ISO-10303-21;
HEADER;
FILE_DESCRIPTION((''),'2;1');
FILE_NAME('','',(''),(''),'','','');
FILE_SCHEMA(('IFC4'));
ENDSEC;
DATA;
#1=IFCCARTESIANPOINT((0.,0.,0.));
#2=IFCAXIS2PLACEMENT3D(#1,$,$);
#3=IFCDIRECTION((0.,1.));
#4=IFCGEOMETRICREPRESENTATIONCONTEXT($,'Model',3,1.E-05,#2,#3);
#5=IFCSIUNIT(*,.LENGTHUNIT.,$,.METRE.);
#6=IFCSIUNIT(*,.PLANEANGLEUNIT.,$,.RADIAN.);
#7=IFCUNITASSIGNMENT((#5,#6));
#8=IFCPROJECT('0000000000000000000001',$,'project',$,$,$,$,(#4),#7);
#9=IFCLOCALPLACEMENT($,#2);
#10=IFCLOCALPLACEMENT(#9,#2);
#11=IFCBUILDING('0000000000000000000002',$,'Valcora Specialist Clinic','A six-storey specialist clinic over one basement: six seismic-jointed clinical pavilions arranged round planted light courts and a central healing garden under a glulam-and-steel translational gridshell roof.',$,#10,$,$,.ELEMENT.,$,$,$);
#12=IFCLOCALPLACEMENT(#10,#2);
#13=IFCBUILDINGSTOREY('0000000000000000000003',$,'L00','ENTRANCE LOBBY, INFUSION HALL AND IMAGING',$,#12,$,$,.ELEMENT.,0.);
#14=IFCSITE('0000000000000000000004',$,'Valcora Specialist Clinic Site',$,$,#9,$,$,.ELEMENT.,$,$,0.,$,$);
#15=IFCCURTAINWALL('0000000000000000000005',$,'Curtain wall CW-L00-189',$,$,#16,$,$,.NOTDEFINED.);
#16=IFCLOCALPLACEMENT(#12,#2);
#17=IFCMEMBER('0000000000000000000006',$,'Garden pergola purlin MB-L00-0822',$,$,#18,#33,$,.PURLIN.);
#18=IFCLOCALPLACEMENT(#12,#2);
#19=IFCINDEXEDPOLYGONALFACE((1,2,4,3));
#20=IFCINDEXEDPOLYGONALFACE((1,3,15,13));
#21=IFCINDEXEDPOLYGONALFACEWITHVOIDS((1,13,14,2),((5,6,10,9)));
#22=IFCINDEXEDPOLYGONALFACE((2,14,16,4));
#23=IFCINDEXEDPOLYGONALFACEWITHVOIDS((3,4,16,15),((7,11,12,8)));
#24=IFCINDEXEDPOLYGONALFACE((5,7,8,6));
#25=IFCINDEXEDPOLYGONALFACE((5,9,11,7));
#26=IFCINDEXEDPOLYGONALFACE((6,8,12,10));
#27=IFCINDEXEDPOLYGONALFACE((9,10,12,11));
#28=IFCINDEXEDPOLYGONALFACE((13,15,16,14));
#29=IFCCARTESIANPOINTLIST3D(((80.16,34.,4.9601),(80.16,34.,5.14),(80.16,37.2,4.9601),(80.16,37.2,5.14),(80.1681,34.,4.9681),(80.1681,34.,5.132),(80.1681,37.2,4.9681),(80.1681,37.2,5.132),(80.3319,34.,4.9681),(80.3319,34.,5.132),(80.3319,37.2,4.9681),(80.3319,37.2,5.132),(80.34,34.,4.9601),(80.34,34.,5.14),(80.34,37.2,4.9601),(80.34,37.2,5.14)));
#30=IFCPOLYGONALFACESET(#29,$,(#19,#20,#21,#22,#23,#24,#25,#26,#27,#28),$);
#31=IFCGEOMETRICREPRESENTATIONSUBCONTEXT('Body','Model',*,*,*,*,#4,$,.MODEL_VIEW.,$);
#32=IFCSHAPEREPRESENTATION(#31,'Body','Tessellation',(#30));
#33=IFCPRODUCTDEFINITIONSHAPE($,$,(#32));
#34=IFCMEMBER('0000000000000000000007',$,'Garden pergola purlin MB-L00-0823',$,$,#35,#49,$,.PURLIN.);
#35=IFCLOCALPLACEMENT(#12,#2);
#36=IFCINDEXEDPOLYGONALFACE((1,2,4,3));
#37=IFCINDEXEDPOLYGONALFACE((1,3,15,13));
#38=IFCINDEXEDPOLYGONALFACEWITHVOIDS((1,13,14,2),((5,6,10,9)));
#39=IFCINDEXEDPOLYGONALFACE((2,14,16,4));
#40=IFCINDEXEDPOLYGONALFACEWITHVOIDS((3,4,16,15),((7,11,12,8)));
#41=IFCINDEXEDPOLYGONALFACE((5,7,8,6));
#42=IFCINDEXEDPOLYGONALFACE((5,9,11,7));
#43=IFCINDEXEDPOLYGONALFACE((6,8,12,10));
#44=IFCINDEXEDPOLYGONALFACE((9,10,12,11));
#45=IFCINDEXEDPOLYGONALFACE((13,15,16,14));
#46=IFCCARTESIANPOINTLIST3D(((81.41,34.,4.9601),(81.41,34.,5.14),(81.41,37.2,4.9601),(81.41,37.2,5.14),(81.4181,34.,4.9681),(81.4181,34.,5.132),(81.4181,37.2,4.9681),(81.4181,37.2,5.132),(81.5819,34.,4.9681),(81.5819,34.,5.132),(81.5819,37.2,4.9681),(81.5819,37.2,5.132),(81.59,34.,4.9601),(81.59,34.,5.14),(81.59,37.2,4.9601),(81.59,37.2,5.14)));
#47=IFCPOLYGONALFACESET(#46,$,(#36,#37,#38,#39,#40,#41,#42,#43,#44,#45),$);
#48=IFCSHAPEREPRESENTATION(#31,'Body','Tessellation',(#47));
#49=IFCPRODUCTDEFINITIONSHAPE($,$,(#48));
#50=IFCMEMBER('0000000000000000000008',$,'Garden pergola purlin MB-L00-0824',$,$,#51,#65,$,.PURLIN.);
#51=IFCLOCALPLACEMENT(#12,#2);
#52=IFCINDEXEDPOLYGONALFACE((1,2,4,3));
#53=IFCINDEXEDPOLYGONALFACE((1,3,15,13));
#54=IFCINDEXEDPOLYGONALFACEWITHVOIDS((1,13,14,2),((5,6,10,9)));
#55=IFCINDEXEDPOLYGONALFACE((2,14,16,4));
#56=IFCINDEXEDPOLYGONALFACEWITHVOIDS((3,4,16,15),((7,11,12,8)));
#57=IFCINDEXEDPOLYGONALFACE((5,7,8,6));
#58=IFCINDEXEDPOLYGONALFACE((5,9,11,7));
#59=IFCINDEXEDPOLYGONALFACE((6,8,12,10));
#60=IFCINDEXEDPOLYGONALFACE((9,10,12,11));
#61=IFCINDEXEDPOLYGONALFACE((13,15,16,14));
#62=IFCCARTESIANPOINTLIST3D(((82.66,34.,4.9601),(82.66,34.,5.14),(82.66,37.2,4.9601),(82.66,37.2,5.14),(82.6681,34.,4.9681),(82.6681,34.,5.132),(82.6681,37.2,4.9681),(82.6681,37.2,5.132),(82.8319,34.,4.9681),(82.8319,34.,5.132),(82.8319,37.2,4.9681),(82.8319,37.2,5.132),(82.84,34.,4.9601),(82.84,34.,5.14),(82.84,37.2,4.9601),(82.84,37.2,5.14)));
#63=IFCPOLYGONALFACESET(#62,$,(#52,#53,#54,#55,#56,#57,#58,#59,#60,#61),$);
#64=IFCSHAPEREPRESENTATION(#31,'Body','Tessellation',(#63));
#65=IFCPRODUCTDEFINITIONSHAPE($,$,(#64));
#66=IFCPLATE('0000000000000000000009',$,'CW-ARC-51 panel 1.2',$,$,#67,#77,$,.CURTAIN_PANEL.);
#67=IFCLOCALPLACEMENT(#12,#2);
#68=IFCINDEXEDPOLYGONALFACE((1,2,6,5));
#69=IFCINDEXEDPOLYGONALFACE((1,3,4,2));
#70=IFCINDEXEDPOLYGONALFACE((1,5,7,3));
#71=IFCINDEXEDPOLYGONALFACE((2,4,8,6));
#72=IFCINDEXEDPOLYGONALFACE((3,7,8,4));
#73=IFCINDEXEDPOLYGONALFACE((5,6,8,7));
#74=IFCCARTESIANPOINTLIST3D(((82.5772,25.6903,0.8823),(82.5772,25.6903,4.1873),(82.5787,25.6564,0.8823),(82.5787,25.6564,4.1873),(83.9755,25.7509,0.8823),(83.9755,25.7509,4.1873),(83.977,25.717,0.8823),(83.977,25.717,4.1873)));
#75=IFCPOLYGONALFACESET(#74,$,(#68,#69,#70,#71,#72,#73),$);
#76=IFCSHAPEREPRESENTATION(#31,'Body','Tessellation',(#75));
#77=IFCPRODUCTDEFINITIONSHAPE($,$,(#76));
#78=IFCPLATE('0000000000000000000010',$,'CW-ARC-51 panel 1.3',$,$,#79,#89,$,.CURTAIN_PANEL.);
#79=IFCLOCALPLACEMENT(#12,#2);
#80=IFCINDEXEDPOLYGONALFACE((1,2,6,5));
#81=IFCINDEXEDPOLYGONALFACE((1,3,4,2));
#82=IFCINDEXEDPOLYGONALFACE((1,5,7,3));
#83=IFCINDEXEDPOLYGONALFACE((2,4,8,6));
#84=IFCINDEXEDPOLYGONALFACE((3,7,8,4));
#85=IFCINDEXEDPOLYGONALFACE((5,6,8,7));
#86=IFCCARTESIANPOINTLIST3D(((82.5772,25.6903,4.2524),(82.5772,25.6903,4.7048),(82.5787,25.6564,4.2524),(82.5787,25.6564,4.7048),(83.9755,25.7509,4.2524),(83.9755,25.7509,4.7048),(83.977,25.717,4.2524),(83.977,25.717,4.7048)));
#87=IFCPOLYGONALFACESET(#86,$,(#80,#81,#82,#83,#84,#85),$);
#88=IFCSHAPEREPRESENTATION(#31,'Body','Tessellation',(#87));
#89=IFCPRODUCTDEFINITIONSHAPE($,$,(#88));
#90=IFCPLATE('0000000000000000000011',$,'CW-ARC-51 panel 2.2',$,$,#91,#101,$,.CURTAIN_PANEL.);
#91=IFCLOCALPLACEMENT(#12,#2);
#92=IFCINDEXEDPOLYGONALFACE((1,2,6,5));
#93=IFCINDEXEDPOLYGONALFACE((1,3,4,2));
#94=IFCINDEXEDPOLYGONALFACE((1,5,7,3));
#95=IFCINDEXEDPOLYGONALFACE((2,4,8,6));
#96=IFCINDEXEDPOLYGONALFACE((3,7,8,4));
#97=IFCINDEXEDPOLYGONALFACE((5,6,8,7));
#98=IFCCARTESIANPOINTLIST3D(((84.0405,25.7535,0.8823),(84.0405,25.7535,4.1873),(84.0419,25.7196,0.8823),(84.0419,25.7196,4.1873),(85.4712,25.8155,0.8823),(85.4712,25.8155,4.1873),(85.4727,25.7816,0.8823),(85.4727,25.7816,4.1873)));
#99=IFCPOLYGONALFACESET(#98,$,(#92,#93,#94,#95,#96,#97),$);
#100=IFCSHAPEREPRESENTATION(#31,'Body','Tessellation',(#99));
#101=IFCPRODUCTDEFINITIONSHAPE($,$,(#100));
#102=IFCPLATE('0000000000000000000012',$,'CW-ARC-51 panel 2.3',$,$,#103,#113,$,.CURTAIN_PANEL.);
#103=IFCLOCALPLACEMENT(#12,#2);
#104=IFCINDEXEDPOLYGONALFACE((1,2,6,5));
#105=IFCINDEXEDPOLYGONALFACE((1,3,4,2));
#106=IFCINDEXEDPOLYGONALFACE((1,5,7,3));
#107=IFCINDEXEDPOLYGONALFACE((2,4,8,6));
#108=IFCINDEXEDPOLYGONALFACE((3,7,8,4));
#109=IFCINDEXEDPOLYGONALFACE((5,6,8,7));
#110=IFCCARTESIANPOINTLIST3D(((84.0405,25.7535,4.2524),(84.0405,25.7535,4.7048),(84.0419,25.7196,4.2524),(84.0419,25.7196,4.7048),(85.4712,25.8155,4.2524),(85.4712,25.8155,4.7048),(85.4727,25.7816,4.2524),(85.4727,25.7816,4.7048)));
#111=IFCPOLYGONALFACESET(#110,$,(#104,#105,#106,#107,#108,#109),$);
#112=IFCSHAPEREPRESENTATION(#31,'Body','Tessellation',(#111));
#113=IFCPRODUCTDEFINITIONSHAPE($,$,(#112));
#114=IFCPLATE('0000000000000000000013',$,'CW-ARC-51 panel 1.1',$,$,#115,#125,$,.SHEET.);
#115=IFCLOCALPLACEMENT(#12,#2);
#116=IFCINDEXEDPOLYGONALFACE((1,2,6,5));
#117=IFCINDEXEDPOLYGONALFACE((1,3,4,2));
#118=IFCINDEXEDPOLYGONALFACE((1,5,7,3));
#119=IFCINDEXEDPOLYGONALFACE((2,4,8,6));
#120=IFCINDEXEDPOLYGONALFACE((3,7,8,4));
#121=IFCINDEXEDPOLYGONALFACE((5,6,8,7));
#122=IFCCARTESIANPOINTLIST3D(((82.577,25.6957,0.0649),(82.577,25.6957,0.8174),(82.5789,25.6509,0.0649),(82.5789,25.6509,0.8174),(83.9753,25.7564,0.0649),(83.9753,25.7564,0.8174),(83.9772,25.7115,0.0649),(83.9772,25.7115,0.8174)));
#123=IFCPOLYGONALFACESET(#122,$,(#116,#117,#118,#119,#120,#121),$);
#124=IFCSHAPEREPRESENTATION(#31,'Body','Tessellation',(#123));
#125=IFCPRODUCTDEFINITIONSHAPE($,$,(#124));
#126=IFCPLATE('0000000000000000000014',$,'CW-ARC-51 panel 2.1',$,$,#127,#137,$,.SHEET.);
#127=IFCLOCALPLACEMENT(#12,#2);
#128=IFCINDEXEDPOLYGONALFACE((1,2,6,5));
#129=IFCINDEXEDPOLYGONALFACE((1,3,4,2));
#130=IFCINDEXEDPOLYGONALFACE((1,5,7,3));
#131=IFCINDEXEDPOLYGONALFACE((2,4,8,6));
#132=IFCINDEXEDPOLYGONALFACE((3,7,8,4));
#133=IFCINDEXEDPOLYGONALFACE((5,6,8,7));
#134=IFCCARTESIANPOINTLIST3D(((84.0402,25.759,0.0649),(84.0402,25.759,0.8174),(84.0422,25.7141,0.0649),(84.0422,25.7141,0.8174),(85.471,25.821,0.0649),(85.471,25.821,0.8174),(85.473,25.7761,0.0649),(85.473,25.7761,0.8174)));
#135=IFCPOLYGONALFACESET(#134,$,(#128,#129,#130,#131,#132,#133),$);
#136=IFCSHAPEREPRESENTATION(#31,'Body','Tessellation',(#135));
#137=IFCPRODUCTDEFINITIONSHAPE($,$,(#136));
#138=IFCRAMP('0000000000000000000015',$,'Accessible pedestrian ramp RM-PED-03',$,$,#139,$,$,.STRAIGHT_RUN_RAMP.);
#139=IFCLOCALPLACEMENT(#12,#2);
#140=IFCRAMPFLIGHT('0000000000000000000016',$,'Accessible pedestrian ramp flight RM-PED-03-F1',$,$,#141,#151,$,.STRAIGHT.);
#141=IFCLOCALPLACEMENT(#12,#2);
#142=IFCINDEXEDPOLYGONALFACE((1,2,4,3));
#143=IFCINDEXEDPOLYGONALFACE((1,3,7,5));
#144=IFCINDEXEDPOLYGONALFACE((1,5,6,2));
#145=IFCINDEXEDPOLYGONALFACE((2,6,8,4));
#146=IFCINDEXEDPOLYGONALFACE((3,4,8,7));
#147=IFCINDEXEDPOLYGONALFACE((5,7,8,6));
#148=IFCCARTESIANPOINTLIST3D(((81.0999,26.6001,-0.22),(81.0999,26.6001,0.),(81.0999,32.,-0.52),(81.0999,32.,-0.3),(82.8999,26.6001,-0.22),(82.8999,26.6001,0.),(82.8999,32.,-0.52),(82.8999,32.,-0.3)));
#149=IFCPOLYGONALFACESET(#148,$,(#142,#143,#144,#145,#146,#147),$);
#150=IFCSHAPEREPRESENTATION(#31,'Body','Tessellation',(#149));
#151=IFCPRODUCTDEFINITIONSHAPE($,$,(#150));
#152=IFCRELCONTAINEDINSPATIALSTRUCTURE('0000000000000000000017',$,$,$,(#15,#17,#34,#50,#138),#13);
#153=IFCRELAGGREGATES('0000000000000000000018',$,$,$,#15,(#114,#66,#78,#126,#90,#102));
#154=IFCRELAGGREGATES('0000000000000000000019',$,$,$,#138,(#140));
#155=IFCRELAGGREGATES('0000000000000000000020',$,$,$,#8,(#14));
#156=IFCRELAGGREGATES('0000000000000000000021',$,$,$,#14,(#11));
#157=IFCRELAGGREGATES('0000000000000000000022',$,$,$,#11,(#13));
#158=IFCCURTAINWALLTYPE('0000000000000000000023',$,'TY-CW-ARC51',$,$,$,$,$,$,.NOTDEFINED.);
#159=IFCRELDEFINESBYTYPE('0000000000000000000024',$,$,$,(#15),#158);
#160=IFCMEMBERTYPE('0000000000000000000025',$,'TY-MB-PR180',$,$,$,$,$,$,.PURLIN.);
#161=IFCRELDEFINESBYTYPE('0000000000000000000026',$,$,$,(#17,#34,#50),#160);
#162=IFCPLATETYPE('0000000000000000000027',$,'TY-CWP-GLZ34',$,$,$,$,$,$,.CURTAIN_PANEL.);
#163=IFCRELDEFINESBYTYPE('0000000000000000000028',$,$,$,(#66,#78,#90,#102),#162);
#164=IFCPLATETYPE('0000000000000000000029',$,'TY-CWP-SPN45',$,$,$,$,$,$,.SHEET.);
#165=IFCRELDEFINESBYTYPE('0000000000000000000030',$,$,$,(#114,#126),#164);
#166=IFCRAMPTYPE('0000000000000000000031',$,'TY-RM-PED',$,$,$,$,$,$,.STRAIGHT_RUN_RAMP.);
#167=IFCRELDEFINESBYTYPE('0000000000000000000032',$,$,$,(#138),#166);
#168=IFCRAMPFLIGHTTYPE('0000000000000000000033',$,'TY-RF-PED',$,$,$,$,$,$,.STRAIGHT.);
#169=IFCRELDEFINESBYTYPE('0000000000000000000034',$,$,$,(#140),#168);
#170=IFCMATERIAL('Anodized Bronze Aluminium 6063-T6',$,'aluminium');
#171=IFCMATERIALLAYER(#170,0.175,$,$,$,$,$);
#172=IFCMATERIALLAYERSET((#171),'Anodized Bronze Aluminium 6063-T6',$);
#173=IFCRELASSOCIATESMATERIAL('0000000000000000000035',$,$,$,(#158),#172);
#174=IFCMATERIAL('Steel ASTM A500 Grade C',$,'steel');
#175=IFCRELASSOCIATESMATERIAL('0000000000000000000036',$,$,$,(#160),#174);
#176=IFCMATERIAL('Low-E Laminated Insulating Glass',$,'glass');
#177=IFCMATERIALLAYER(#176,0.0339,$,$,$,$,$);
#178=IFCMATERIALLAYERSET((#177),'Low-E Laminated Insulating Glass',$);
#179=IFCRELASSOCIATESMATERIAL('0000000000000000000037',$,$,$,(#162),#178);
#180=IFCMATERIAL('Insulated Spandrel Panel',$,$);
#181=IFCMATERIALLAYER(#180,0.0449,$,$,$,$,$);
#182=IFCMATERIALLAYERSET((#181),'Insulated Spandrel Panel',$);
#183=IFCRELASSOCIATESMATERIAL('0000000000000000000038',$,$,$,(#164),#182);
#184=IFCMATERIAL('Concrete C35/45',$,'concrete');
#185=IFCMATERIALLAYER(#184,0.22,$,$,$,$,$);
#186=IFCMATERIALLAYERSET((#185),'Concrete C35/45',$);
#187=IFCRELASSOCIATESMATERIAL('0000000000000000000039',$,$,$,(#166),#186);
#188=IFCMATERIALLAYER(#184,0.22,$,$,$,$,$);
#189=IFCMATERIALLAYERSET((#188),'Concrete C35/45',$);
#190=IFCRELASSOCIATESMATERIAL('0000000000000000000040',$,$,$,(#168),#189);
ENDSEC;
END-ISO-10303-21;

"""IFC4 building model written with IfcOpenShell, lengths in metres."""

from ifc_helpers import new_model, si_unit, direction, frame, origin, origin_2d, place, context, subcontext, project, spatial, polyline, rectangle, hollow_rectangle, outline, extrude, material, layer, layer_set, material_profile, profile_set, type_object, element, aggregate, save


model = new_model("IFC4")

# Units and contexts
model_context = context("Model", 3, precision=1e-05, world=origin(), true_north=direction((0.0, 1.0)))
body_context = subcontext(model_context, "Body", "Model", "MODEL_VIEW")
ifc_project = project(units=[si_unit("LENGTHUNIT", "METRE"), si_unit("PLANEANGLEUNIT", "RADIAN")], contexts=[model_context])

# Site, building, storey
site_placement = place(None, origin())
site = spatial("IfcSite", under=ifc_project, at=site_placement, Name="Valcora Specialist Clinic Site", CompositionType="ELEMENT", RefElevation=0.0)
building_placement = place(site_placement, origin())
building = spatial("IfcBuilding", under=site, at=building_placement, Name="Valcora Specialist Clinic", Description="A six-storey specialist clinic over one basement: six seismic-jointed clinical pavilions arranged round planted light courts and a central healing garden under a glulam-and-steel translational gridshell roof.", CompositionType="ELEMENT")
storey_placement = place(building_placement, origin())
storey = spatial("IfcBuildingStorey", under=building, at=storey_placement, Name="L00", Description="ENTRANCE LOBBY, INFUSION HALL AND IMAGING", CompositionType="ELEMENT", Elevation=0.0)

# Curtain wall
ifc_material_1 = material(Name="Anodized Bronze Aluminium 6063-T6", Category="aluminium")
ifc_layer_1 = layer(ifc_material_1, 0.175)
ifc_layer_set_1 = layer_set([ifc_layer_1], Name="Anodized Bronze Aluminium 6063-T6")
curtain_wall_type = type_object("IfcCurtainWallType", Name="TY-CW-ARC51", PredefinedType="NOTDEFINED", material=ifc_layer_set_1)
curtain_wall_placement = place(storey_placement, origin())
curtain_wall = element("IfcCurtainWall", 1, at=curtain_wall_placement, inside=storey, type_object=curtain_wall_type, Name="Curtain wall CW-L00-189", PredefinedType="NOTDEFINED")

# Members
ifc_material_2 = material(Name="Steel ASTM A500 Grade C", Category="steel")
ifc_material_profile_1 = material_profile(ifc_material_2, hollow_rectangle(XDim=0.1799, YDim=0.1799, WallThickness=0.0081, at=origin_2d()), Name="ST-RHS-180X180X8")
ifc_profile_set_1 = profile_set([ifc_material_profile_1], Name="Steel ASTM A500 Grade C")
member_type_1 = type_object("IfcMemberType", Name="TY-MB-PR180", PredefinedType="PURLIN", material=ifc_profile_set_1)
for number, where, z_axis, x_axis, name in (
    (2, (80.25, 34.0, 5.05), (0.0, 1.0, 0.0), (-1.0, 0.0, 0.0), "Garden pergola purlin MB-L00-0822"),
    (3, (81.5, 34.0, 5.05), (0.0, 1.0, 0.0), (-1.0, 0.0, 0.0), "Garden pergola purlin MB-L00-0823"),
    (4, (82.75, 34.0, 5.05), (0.0, 1.0, 0.0), (-1.0, 0.0, 0.0), "Garden pergola purlin MB-L00-0824"),
):
    element("IfcMember", number, at=place(storey_placement, frame(where, z_axis=z_axis, x_axis=x_axis)), inside=storey, type_object=member_type_1, Name=name, PredefinedType="PURLIN", context=body_context, shape_type="SweptSolid", body=[
        extrude(hollow_rectangle(XDim=0.1799, YDim=0.1799, WallThickness=0.0081, at=origin_2d()), origin(), (0.0, 0.0, 1.0), 3.2),
    ])

# Plates
ifc_material_3 = material(Name="Low-E Laminated Insulating Glass", Category="glass")
ifc_layer_2 = layer(ifc_material_3, 0.0339)
ifc_layer_set_2 = layer_set([ifc_layer_2], Name="Low-E Laminated Insulating Glass")
plate_type_1 = type_object("IfcPlateType", Name="TY-CWP-GLZ34", PredefinedType="CURTAIN_PANEL", material=ifc_layer_set_2)
plate_1_placement = place(storey_placement, frame((83.2771, 25.7036, 0.8823), z_axis=(0.0, 0.0, 1.0), x_axis=(0.999062, 0.043307, 0.0)))
plate_1 = element("IfcPlate", 5, at=plate_1_placement, type_object=plate_type_1, Name="CW-ARC-51 panel 1.2", PredefinedType="CURTAIN_PANEL", context=body_context, shape_type="SweptSolid", body=[
    extrude(rectangle(XDim=1.3997, YDim=0.0339, at=origin_2d()), origin(), (0.0, 0.0, 1.0), 3.3049),
])
plate_2_placement = place(storey_placement, frame((83.2771, 25.7036, 4.2524), z_axis=(0.0, 0.0, 1.0), x_axis=(0.999062, 0.043307, 0.0)))
plate_2 = element("IfcPlate", 6, at=plate_2_placement, type_object=plate_type_1, Name="CW-ARC-51 panel 1.3", PredefinedType="CURTAIN_PANEL", context=body_context, shape_type="SweptSolid", body=[
    extrude(rectangle(XDim=1.3997, YDim=0.0339, at=origin_2d()), origin(), (0.0, 0.0, 1.0), 0.4524),
])
plate_3_placement = place(storey_placement, frame((84.7566, 25.7676, 0.8823), z_axis=(0.0, 0.0, 1.0), x_axis=(0.999062, 0.043307, 0.0)))
plate_3 = element("IfcPlate", 7, at=plate_3_placement, type_object=plate_type_1, Name="CW-ARC-51 panel 2.2", PredefinedType="CURTAIN_PANEL", context=body_context, shape_type="SweptSolid", body=[
    extrude(rectangle(XDim=1.4321, YDim=0.0339, at=origin_2d()), origin(), (0.0, 0.0, 1.0), 3.3049),
])
plate_4_placement = place(storey_placement, frame((84.7566, 25.7676, 4.2524), z_axis=(0.0, 0.0, 1.0), x_axis=(0.999062, 0.043307, 0.0)))
plate_4 = element("IfcPlate", 8, at=plate_4_placement, type_object=plate_type_1, Name="CW-ARC-51 panel 2.3", PredefinedType="CURTAIN_PANEL", context=body_context, shape_type="SweptSolid", body=[
    extrude(rectangle(XDim=1.4321, YDim=0.0339, at=origin_2d()), origin(), (0.0, 0.0, 1.0), 0.4524),
])
ifc_material_4 = material(Name="Insulated Spandrel Panel")
ifc_layer_3 = layer(ifc_material_4, 0.0449)
ifc_layer_set_3 = layer_set([ifc_layer_3], Name="Insulated Spandrel Panel")
plate_type_2 = type_object("IfcPlateType", Name="TY-CWP-SPN45", PredefinedType="SHEET", material=ifc_layer_set_3)
plate_5_placement = place(storey_placement, frame((83.2771, 25.7036, 0.0649), z_axis=(0.0, 0.0, 1.0), x_axis=(0.999062, 0.043307, 0.0)))
plate_5 = element("IfcPlate", 9, at=plate_5_placement, type_object=plate_type_2, Name="CW-ARC-51 panel 1.1", PredefinedType="SHEET", context=body_context, shape_type="SweptSolid", body=[
    extrude(rectangle(XDim=1.3997, YDim=0.0449, at=origin_2d()), origin(), (0.0, 0.0, 1.0), 0.7524),
])
plate_6_placement = place(storey_placement, frame((84.7566, 25.7676, 0.0649), z_axis=(0.0, 0.0, 1.0), x_axis=(0.999062, 0.043307, 0.0)))
plate_6 = element("IfcPlate", 10, at=plate_6_placement, type_object=plate_type_2, Name="CW-ARC-51 panel 2.1", PredefinedType="SHEET", context=body_context, shape_type="SweptSolid", body=[
    extrude(rectangle(XDim=1.4321, YDim=0.0449, at=origin_2d()), origin(), (0.0, 0.0, 1.0), 0.7524),
])
aggregate(curtain_wall, [plate_5, plate_1, plate_2, plate_6, plate_3, plate_4])

# Ramp, ramp flight
ifc_material_5 = material(Name="Concrete C35/45", Category="concrete")
ifc_layer_4 = layer(ifc_material_5, 0.22)
ifc_layer_set_4 = layer_set([ifc_layer_4], Name="Concrete C35/45")
ramp_type = type_object("IfcRampType", Name="TY-RM-PED", PredefinedType="STRAIGHT_RUN_RAMP", material=ifc_layer_set_4)
ramp_placement = place(storey_placement, origin())
ramp = element("IfcRamp", 11, at=ramp_placement, inside=storey, type_object=ramp_type, Name="Accessible pedestrian ramp RM-PED-03", PredefinedType="STRAIGHT_RUN_RAMP")
ifc_layer_5 = layer(ifc_material_5, 0.22)
ifc_layer_set_5 = layer_set([ifc_layer_5], Name="Concrete C35/45")
ramp_flight_type = type_object("IfcRampFlightType", Name="TY-RF-PED", PredefinedType="STRAIGHT", material=ifc_layer_set_5)
ramp_flight_placement = place(storey_placement, frame((82.0, 32.0, -0.3), z_axis=(0.0, 0.0, 1.0), x_axis=(0.0, -1.0, 0.0)))
ramp_flight = element("IfcRampFlight", 12, at=ramp_flight_placement, type_object=ramp_flight_type, Name="Accessible pedestrian ramp flight RM-PED-03-F1", PredefinedType="STRAIGHT", context=body_context, shape_type="SweptSolid", body=[
    extrude(outline(polyline([(0.0, 0.0), (5.3999, 0.3), (5.3999, 0.0801), (0.0, -0.22), (0.0, 0.0)])), frame((0.0, 0.8999, 0.0), z_axis=(0.0, -1.0, 0.0), x_axis=(1.0, 0.0, 0.0)), (0.0, 0.0, 1.0), 1.8),
])
aggregate(ramp, [ramp_flight])

save(model, "model.ifc")
